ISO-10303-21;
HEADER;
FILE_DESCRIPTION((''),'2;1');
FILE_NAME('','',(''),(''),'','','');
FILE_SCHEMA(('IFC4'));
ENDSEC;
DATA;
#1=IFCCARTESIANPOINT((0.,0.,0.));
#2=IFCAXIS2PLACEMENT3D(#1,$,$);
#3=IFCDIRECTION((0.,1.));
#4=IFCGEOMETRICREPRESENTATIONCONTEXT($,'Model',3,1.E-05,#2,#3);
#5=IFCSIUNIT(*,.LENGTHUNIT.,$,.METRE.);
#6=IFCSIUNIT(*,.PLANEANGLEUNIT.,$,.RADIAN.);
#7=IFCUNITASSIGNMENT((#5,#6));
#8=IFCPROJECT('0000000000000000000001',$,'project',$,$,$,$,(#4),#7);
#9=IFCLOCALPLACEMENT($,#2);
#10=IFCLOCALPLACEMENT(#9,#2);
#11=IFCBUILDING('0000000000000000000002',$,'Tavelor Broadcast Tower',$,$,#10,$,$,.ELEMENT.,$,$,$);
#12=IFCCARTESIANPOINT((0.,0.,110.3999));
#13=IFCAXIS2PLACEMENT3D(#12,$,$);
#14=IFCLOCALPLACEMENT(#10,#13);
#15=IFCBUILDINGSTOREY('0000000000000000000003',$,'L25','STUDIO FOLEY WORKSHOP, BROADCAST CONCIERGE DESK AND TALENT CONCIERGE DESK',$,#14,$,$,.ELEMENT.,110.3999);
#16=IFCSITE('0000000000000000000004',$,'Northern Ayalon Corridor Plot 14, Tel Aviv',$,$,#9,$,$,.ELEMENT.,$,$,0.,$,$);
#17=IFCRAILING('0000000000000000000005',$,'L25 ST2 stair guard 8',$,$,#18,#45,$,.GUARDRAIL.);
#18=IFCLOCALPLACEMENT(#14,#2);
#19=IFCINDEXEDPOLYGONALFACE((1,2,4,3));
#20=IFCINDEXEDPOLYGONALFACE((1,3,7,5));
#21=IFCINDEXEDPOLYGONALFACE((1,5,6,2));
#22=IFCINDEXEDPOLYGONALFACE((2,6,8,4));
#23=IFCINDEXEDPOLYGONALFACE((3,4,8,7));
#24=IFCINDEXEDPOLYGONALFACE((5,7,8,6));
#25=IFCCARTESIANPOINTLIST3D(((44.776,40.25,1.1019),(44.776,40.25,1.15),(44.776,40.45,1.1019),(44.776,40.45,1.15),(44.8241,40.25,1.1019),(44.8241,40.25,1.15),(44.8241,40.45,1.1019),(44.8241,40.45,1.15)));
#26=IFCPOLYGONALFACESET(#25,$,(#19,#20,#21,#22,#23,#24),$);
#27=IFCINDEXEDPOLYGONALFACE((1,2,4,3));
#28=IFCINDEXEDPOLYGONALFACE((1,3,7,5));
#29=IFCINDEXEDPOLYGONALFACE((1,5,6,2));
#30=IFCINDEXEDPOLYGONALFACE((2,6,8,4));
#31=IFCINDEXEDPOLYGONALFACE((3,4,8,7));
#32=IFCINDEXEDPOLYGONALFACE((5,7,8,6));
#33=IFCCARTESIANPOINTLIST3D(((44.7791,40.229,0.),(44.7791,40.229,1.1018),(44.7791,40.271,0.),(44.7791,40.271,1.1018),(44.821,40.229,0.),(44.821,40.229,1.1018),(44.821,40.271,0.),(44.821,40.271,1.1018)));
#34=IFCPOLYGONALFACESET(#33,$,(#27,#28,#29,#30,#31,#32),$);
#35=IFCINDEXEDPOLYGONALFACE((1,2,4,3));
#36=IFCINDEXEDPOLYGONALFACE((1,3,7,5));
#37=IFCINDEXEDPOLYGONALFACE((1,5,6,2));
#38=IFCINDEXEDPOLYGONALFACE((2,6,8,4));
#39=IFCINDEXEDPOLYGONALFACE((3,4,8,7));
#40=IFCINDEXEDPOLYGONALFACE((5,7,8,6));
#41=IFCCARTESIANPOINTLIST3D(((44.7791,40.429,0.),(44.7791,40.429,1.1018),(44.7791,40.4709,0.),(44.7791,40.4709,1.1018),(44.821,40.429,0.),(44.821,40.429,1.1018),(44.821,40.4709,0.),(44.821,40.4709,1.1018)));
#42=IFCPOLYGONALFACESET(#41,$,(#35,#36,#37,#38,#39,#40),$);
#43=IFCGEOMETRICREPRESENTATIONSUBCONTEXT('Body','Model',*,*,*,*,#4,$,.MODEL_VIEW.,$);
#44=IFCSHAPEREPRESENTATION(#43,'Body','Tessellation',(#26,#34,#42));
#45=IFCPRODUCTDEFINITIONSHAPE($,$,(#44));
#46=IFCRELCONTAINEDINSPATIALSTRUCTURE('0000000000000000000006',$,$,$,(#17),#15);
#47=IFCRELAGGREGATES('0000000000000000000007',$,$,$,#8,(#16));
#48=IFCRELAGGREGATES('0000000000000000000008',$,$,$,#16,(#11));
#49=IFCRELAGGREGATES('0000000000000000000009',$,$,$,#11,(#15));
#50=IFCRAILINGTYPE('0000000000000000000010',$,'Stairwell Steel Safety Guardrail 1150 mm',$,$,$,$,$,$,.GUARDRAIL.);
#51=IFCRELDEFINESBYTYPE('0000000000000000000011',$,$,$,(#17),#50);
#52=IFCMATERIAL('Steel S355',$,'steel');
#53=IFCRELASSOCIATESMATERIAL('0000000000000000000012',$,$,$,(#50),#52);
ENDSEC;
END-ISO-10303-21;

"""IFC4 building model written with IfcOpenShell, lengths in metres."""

from ifc_helpers import new_model, si_unit, direction, frame, origin, origin_2d, place, context, subcontext, project, spatial, rectangle, extrude, material, type_object, element, save


model = new_model("IFC4")

# Units and contexts
model_context = context("Model", 3, precision=1e-05, world=origin(), true_north=direction((0.0, 1.0)))
body_context = subcontext(model_context, "Body", "Model", "MODEL_VIEW")
ifc_project = project(units=[si_unit("LENGTHUNIT", "METRE"), si_unit("PLANEANGLEUNIT", "RADIAN")], contexts=[model_context])

# Site, building, storey
site_placement = place(None, origin())
site = spatial("IfcSite", under=ifc_project, at=site_placement, Name="Northern Ayalon Corridor Plot 14, Tel Aviv", CompositionType="ELEMENT", RefElevation=0.0)
building_placement = place(site_placement, origin())
building = spatial("IfcBuilding", under=site, at=building_placement, Name="Tavelor Broadcast Tower", CompositionType="ELEMENT")
storey_placement = place(building_placement, frame((0.0, 0.0, 110.3999)))
storey = spatial("IfcBuildingStorey", under=building, at=storey_placement, Name="L25", Description="STUDIO FOLEY WORKSHOP, BROADCAST CONCIERGE DESK AND TALENT CONCIERGE DESK", CompositionType="ELEMENT", Elevation=110.3999)

# Railing
ifc_material_1 = material(Name="Steel S355", Category="steel")
railing_type_1 = type_object("IfcRailingType", Name="Stairwell Steel Safety Guardrail 1150 mm", PredefinedType="GUARDRAIL", material=ifc_material_1)
railing_1_placement = place(storey_placement, frame((44.8, 40.25, 0.0)))
element("IfcRailing", 1, at=railing_1_placement, inside=storey, type_object=railing_type_1, Name="L25 ST2 stair guard 8", PredefinedType="GUARDRAIL", context=body_context, shape_type="SweptSolid", body=[
    extrude(rectangle(XDim=0.0481, YDim=0.0481, at=origin_2d()), frame((0.0, 0.0, 1.126), z_axis=(0.0, 1.0, 0.0), x_axis=(-1.0, 0.0, 0.0)), (0.0, 0.0, 1.0), 0.2),
    extrude(rectangle(XDim=0.042, YDim=0.042, at=origin_2d()), origin(), (0.0, 0.0, 1.0), 1.1018),
    extrude(rectangle(XDim=0.042, YDim=0.042, at=origin_2d()), frame((0.0, 0.2, 0.0)), (0.0, 0.0, 1.0), 1.1018),
])

save(model, "model.ifc")
